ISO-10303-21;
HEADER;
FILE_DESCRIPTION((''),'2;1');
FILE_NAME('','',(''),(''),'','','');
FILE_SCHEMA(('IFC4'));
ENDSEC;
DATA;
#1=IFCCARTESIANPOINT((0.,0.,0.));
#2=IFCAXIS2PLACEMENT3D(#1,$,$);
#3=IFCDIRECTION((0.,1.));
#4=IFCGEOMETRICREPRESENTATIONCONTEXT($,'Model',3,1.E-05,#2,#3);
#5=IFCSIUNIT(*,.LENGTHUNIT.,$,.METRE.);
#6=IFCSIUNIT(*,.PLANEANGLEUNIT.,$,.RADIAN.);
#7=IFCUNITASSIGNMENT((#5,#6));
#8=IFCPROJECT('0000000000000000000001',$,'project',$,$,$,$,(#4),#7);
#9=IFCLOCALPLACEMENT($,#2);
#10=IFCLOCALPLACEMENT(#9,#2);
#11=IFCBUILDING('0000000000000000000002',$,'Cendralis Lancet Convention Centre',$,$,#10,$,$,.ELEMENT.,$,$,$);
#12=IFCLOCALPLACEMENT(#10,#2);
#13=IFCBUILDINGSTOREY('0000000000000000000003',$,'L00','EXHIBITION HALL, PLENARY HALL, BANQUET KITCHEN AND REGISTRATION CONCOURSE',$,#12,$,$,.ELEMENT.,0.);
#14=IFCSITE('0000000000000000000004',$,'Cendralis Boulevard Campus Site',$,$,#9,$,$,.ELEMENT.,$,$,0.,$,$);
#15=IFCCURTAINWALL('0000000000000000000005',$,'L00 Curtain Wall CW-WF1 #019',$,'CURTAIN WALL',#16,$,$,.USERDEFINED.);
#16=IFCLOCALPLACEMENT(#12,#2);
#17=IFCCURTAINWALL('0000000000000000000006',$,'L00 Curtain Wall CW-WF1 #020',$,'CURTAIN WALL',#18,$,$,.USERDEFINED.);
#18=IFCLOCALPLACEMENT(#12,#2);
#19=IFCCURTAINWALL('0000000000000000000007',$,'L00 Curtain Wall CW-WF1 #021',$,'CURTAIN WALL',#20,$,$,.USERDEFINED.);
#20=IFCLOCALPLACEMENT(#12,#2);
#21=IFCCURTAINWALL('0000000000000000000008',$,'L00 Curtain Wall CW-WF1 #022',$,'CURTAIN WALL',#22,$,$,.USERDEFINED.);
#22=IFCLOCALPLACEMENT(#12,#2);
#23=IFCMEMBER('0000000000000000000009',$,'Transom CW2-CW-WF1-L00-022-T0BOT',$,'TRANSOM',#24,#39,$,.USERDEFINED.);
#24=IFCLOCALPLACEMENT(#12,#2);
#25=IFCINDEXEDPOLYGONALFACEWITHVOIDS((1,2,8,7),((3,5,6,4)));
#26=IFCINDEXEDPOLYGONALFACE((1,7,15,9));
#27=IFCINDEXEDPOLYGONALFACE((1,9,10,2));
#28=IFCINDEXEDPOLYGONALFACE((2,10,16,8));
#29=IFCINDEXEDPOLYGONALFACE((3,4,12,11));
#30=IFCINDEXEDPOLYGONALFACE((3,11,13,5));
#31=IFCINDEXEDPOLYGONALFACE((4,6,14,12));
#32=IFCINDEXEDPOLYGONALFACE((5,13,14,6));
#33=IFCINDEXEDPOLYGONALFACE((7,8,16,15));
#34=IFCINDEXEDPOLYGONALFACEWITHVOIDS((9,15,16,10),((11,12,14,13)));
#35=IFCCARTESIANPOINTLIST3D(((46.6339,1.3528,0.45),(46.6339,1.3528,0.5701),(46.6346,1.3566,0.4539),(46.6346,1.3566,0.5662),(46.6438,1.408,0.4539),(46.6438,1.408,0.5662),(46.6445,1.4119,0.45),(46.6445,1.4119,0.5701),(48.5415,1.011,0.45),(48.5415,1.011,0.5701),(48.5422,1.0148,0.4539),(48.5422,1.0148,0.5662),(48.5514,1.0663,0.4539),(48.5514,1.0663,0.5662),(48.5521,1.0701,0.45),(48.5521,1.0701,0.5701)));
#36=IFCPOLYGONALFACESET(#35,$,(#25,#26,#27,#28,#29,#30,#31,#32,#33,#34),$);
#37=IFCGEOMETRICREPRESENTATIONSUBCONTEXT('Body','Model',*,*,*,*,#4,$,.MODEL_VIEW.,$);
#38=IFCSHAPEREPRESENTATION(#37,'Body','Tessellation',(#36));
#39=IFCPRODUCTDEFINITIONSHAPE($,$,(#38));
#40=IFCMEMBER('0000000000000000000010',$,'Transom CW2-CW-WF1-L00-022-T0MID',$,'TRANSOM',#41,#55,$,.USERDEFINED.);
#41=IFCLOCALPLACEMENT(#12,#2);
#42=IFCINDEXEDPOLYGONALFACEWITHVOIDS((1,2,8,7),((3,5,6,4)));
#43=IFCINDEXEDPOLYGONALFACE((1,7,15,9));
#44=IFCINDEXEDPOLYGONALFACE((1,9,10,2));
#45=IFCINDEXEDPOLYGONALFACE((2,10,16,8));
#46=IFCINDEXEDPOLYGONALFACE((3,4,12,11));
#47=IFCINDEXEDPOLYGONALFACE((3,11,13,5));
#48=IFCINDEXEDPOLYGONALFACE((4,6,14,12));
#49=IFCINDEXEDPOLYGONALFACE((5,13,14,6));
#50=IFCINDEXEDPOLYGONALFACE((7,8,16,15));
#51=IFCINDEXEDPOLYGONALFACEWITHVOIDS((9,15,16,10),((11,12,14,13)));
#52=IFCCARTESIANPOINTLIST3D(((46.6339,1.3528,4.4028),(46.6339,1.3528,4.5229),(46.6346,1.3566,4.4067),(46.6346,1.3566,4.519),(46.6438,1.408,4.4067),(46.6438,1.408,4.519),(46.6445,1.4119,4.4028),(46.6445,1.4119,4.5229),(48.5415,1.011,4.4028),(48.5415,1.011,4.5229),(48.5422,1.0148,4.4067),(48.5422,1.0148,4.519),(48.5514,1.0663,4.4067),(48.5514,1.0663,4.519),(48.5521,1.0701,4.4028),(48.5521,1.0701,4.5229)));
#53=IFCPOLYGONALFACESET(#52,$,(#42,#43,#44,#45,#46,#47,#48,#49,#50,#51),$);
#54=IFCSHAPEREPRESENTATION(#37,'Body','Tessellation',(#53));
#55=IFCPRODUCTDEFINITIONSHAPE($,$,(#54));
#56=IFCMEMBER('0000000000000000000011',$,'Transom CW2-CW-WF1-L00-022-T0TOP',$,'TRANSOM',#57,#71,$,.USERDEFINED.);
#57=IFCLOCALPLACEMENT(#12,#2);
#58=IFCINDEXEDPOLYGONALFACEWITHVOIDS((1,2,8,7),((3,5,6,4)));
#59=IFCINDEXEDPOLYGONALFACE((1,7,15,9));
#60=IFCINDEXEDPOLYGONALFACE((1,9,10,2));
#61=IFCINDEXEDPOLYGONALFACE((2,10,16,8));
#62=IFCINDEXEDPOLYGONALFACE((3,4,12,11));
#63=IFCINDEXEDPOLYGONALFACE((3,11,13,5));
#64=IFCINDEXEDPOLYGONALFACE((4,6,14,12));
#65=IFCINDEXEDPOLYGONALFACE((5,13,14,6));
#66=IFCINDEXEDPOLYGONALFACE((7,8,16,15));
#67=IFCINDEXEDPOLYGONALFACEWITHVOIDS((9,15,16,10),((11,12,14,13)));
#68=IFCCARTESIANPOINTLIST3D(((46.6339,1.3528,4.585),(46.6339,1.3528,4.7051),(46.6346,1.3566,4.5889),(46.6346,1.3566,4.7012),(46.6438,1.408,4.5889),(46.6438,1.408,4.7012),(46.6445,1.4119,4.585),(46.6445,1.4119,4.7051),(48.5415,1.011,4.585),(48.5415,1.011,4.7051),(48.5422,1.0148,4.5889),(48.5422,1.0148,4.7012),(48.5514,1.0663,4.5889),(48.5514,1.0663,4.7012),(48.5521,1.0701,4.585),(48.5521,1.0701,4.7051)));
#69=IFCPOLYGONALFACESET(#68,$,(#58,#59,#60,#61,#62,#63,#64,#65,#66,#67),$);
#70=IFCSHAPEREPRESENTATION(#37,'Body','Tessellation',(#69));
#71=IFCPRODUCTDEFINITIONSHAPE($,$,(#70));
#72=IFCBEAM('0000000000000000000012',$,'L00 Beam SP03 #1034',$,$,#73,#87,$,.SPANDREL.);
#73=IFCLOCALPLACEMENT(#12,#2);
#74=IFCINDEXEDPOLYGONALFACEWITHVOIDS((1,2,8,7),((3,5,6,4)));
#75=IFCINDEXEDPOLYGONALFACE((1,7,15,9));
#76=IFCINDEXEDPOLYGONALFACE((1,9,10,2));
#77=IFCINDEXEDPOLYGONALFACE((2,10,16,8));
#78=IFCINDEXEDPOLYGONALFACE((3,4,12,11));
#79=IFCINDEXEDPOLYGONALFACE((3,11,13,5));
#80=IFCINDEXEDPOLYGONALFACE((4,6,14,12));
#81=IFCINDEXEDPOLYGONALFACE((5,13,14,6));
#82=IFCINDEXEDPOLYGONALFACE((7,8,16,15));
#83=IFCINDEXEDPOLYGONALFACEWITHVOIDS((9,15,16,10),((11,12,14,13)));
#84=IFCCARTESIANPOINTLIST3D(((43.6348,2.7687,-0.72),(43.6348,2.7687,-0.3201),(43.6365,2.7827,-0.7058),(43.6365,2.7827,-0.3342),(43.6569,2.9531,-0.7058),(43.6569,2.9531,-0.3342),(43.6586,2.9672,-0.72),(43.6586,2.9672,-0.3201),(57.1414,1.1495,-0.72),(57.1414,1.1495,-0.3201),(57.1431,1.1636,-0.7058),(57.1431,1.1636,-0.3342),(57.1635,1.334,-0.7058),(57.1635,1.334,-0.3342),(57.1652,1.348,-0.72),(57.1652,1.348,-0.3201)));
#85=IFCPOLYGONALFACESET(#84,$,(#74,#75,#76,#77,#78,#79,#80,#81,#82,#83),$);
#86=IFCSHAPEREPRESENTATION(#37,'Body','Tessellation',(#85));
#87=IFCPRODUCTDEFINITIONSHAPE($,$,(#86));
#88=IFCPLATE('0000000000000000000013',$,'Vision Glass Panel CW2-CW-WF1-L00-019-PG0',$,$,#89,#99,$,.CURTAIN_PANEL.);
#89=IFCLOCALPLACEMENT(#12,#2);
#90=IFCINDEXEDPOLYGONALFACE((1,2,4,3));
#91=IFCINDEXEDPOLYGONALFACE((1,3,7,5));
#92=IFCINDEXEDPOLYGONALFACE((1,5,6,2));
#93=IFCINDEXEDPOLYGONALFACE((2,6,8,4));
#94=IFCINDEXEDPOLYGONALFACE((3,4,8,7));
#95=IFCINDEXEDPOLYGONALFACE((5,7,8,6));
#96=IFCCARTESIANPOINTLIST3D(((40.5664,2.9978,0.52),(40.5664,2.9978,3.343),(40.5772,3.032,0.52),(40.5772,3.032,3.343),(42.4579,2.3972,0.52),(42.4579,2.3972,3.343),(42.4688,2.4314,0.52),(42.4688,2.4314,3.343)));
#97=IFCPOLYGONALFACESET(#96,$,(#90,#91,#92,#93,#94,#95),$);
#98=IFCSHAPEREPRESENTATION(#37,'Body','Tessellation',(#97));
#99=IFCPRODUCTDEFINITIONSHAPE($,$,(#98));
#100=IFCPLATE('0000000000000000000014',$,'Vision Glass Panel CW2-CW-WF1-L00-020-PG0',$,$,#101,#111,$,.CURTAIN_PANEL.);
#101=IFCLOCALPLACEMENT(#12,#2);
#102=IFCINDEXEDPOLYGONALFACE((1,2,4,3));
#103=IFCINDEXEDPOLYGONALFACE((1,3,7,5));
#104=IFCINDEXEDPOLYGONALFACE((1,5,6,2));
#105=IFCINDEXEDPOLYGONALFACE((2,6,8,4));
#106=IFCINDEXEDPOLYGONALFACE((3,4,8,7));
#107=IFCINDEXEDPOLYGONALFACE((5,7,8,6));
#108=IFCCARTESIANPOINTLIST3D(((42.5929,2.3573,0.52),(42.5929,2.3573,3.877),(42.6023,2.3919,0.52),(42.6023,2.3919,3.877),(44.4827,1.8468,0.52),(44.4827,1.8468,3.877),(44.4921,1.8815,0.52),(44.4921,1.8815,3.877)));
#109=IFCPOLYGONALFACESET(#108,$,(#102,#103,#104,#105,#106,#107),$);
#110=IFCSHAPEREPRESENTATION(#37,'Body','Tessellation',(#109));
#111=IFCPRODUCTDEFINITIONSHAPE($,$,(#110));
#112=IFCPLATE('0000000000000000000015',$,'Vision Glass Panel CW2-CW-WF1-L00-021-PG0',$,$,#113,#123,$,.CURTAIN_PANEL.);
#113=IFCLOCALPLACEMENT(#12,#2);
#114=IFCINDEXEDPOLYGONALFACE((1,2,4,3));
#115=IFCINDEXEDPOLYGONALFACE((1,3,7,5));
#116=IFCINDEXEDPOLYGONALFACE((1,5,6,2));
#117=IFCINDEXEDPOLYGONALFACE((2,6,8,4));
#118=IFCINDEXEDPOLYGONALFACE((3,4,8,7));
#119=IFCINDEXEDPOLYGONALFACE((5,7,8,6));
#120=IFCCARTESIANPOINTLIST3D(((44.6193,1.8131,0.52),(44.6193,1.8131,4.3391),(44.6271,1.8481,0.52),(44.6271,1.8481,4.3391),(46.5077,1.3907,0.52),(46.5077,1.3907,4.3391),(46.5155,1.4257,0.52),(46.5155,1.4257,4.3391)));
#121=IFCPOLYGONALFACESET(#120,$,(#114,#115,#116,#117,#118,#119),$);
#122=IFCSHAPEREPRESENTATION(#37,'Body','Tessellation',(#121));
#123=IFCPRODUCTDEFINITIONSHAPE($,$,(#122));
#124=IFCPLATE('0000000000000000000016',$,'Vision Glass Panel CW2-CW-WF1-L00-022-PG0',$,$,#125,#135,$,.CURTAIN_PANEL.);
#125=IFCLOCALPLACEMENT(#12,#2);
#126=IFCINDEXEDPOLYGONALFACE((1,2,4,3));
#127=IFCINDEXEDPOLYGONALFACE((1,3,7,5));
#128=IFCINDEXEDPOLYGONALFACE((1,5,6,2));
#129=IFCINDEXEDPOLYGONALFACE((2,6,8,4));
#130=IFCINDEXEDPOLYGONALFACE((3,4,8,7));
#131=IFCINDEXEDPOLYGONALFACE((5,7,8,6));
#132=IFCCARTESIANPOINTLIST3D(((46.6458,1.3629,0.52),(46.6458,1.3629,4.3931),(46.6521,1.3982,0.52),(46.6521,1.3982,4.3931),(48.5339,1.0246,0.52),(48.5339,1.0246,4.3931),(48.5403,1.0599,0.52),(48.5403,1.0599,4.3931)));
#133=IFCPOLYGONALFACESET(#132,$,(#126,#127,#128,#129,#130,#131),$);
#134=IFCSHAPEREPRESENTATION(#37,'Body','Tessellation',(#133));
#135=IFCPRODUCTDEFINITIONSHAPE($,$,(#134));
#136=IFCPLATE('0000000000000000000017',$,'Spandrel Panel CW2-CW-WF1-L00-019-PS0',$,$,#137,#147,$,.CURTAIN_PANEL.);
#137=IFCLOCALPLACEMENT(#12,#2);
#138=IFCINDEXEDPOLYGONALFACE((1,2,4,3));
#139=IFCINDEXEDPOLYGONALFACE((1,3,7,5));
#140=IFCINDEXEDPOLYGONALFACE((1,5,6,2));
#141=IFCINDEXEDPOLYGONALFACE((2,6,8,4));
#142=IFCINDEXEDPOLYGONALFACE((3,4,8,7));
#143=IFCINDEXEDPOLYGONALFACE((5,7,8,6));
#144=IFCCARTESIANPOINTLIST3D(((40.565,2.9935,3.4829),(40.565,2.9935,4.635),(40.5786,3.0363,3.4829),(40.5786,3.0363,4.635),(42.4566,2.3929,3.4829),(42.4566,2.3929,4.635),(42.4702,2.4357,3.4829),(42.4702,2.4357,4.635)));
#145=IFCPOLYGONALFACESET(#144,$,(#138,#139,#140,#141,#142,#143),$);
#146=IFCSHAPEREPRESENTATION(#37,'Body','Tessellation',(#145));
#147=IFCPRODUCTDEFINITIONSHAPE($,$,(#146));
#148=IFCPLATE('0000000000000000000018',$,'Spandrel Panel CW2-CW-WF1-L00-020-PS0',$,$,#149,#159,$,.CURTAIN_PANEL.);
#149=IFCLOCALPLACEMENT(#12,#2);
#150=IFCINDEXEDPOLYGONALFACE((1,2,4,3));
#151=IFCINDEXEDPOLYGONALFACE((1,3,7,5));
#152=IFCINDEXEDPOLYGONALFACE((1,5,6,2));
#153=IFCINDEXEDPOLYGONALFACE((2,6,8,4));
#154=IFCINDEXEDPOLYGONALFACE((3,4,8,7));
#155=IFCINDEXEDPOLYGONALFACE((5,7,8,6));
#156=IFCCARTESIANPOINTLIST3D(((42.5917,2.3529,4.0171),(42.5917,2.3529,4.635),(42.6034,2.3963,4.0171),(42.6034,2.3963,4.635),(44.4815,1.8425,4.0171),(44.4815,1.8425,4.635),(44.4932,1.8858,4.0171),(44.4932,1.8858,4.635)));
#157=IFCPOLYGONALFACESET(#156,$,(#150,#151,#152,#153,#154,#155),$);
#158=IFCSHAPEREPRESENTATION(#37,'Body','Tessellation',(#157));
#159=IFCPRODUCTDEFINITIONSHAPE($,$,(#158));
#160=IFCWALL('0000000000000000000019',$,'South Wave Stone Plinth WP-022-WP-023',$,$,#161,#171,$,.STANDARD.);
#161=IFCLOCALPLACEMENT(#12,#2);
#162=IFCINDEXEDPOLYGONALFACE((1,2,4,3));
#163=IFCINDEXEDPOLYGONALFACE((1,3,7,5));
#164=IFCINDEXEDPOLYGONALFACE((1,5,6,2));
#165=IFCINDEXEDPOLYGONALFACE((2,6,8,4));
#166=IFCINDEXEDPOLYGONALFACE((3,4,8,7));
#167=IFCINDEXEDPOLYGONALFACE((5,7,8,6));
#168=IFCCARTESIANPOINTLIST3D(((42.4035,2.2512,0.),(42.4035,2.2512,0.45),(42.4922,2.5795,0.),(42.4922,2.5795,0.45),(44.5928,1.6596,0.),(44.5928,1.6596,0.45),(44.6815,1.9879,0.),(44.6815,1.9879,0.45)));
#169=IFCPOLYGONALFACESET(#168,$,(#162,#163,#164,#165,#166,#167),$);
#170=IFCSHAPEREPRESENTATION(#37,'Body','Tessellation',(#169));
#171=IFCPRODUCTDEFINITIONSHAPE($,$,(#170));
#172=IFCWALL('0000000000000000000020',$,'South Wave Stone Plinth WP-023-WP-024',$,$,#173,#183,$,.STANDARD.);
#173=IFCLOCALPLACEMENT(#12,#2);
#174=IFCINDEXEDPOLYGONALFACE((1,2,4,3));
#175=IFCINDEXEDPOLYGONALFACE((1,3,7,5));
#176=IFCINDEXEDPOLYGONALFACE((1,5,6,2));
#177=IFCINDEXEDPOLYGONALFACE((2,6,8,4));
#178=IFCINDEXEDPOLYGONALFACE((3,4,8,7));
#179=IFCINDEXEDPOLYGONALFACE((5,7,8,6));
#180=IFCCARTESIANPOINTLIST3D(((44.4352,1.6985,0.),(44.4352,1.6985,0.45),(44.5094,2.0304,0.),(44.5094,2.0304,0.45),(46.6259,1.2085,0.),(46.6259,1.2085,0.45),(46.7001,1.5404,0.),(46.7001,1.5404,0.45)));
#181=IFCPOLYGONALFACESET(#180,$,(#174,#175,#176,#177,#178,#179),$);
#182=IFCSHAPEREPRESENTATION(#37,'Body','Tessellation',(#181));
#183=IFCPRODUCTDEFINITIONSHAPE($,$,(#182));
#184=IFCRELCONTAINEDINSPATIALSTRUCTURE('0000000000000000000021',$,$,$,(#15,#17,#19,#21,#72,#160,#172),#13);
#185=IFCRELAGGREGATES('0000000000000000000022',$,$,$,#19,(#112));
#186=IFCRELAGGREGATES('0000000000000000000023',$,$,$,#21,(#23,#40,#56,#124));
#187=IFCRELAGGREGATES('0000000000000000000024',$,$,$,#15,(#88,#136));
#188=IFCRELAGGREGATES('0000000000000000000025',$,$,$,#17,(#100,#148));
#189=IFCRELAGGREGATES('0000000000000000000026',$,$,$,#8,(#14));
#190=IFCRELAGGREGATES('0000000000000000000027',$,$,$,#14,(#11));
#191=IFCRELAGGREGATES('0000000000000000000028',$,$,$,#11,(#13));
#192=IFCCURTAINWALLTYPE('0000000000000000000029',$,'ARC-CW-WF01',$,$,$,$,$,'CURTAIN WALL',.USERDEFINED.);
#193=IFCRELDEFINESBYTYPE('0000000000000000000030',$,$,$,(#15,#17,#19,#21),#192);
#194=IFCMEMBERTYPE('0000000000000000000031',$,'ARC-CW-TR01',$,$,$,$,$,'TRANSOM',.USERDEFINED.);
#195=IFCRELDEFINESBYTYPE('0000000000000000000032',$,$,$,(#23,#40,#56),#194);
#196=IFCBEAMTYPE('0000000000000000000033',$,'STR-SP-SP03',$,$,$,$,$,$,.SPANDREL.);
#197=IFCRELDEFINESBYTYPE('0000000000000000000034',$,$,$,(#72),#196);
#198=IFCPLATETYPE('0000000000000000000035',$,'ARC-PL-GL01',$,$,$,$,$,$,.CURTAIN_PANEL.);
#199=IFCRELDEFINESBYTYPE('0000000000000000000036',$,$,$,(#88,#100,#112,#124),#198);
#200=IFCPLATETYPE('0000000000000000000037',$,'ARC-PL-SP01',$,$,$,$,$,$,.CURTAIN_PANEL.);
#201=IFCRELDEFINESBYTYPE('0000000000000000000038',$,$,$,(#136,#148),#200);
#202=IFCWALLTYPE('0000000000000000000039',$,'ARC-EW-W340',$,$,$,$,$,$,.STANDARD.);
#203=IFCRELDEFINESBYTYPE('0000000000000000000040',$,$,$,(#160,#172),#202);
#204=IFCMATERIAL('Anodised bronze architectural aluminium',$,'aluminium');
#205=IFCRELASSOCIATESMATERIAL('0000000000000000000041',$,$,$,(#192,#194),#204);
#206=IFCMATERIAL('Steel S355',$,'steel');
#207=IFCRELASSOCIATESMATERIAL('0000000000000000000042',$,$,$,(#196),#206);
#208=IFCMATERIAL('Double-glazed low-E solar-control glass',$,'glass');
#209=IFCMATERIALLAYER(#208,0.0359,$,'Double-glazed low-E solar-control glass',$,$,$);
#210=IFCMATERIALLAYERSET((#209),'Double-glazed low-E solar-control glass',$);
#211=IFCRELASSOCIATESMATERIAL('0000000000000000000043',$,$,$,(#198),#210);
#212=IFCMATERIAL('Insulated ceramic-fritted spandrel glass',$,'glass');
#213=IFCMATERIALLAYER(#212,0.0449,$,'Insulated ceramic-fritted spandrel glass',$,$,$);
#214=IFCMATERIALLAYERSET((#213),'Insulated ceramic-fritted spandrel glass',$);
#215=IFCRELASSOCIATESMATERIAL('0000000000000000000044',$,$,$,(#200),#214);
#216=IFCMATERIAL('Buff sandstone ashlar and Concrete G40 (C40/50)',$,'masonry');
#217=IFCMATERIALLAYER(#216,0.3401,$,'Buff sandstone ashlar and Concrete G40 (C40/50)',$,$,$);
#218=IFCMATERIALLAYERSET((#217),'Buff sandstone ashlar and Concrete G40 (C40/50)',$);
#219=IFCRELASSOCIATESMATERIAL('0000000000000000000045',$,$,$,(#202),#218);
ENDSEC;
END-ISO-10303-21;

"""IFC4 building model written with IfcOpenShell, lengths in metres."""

from ifc_helpers import new_model, si_unit, direction, frame, frame_2d, origin, origin_2d, place, context, subcontext, project, spatial, rectangle, hollow_rectangle, extrude, material, layer, layer_set, material_profile, profile_set, type_object, element, aggregate, save


model = new_model("IFC4")

# Units and contexts
model_context = context("Model", 3, precision=1e-05, world=origin(), true_north=direction((0.0, 1.0)))
body_context = subcontext(model_context, "Body", "Model", "MODEL_VIEW")
ifc_project = project(units=[si_unit("LENGTHUNIT", "METRE"), si_unit("PLANEANGLEUNIT", "RADIAN")], contexts=[model_context])

# Site, building, storey
site_placement = place(None, origin())
site = spatial("IfcSite", under=ifc_project, at=site_placement, Name="Cendralis Boulevard Campus Site", CompositionType="ELEMENT", RefElevation=0.0)
building_placement = place(site_placement, origin())
building = spatial("IfcBuilding", under=site, at=building_placement, Name="Cendralis Lancet Convention Centre", CompositionType="ELEMENT")
storey_placement = place(building_placement, origin())
storey = spatial("IfcBuildingStorey", under=building, at=storey_placement, Name="L00", Description="EXHIBITION HALL, PLENARY HALL, BANQUET KITCHEN AND REGISTRATION CONCOURSE", CompositionType="ELEMENT", Elevation=0.0)

# Curtain wall
ifc_material_1 = material(Name="Anodised bronze architectural aluminium", Category="aluminium")
curtain_wall_type = type_object("IfcCurtainWallType", Name="ARC-CW-WF01", ElementType="CURTAIN WALL", PredefinedType="USERDEFINED", material=ifc_material_1)
curtain_wall_1_placement = place(storey_placement, origin())
curtain_wall_1 = element("IfcCurtainWall", 1, at=curtain_wall_1_placement, inside=storey, type_object=curtain_wall_type, Name="L00 Curtain Wall CW-WF1 #019", ObjectType="CURTAIN WALL", PredefinedType="USERDEFINED")

# Curtain walls
curtain_wall_2_placement = place(storey_placement, origin())
curtain_wall_2 = element("IfcCurtainWall", 2, at=curtain_wall_2_placement, inside=storey, type_object=curtain_wall_type, Name="L00 Curtain Wall CW-WF1 #020", ObjectType="CURTAIN WALL", PredefinedType="USERDEFINED")
curtain_wall_3_placement = place(storey_placement, origin())
curtain_wall_3 = element("IfcCurtainWall", 3, at=curtain_wall_3_placement, inside=storey, type_object=curtain_wall_type, Name="L00 Curtain Wall CW-WF1 #021", ObjectType="CURTAIN WALL", PredefinedType="USERDEFINED")
curtain_wall_4_placement = place(storey_placement, origin())
curtain_wall_4 = element("IfcCurtainWall", 4, at=curtain_wall_4_placement, inside=storey, type_object=curtain_wall_type, Name="L00 Curtain Wall CW-WF1 #022", ObjectType="CURTAIN WALL", PredefinedType="USERDEFINED")

# Members
ifc_material_profile_1 = material_profile(ifc_material_1, hollow_rectangle(XDim=0.0601, YDim=0.1201, WallThickness=0.0039, at=origin_2d()), Name="AL-TRAN 60x120x4.0")
ifc_profile_set_1 = profile_set([ifc_material_profile_1], Name="Anodised bronze architectural aluminium")
member_type_1 = type_object("IfcMemberType", Name="ARC-CW-TR01", ElementType="TRANSOM", PredefinedType="USERDEFINED", material=ifc_profile_set_1)
member_1_placement = place(storey_placement, frame((46.6392, 1.3823, 0.51), z_axis=(0.984326, -0.176357, 0.0), x_axis=(0.176357, 0.984326, 0.0)))
member_1 = element("IfcMember", 5, at=member_1_placement, type_object=member_type_1, Name="Transom CW2-CW-WF1-L00-022-T0BOT", ObjectType="TRANSOM", PredefinedType="USERDEFINED", context=body_context, shape_type="SweptSolid", body=[
    extrude(hollow_rectangle(XDim=0.0601, YDim=0.1201, WallThickness=0.0039, at=origin_2d()), origin(), (0.0, 0.0, 1.0), 1.938),
])
member_2_placement = place(storey_placement, frame((46.6392, 1.3823, 4.4629), z_axis=(0.984326, -0.176357, 0.0), x_axis=(0.176357, 0.984326, 0.0)))
member_2 = element("IfcMember", 6, at=member_2_placement, type_object=member_type_1, Name="Transom CW2-CW-WF1-L00-022-T0MID", ObjectType="TRANSOM", PredefinedType="USERDEFINED", context=body_context, shape_type="SweptSolid", body=[
    extrude(hollow_rectangle(XDim=0.0601, YDim=0.1201, WallThickness=0.0039, at=origin_2d()), origin(), (0.0, 0.0, 1.0), 1.938),
])
member_3_placement = place(storey_placement, frame((46.6392, 1.3823, 4.645), z_axis=(0.984326, -0.176357, 0.0), x_axis=(0.176357, 0.984326, 0.0)))
member_3 = element("IfcMember", 7, at=member_3_placement, type_object=member_type_1, Name="Transom CW2-CW-WF1-L00-022-T0TOP", ObjectType="TRANSOM", PredefinedType="USERDEFINED", context=body_context, shape_type="SweptSolid", body=[
    extrude(hollow_rectangle(XDim=0.0601, YDim=0.1201, WallThickness=0.0039, at=origin_2d()), origin(), (0.0, 0.0, 1.0), 1.938),
])

# Beam
ifc_material_2 = material(Name="Steel S355", Category="steel")
ifc_material_profile_2 = material_profile(ifc_material_2, hollow_rectangle(XDim=0.2, YDim=0.3999, WallThickness=0.0142, at=origin_2d()), Name="RHS 400x200x14.2")
ifc_profile_set_2 = profile_set([ifc_material_profile_2], Name="Steel S355")
beam_type = type_object("IfcBeamType", Name="STR-SP-SP03", PredefinedType="SPANDREL", material=ifc_profile_set_2)
beam_placement = place(storey_placement, frame((43.6467, 2.8679, -0.52), z_axis=(0.992891, -0.119026, 0.0), x_axis=(0.119026, 0.992891, 0.0)))
element("IfcBeam", 8, at=beam_placement, inside=storey, type_object=beam_type, Name="L00 Beam SP03 #1034", PredefinedType="SPANDREL", context=body_context, shape_type="SweptSolid", body=[
    extrude(hollow_rectangle(XDim=0.2, YDim=0.3999, WallThickness=0.0142, at=origin_2d()), origin(), (0.0, 0.0, 1.0), 13.6033),
])

# Plates
ifc_material_3 = material(Name="Double-glazed low-E solar-control glass", Category="glass")
ifc_layer_1 = layer(ifc_material_3, 0.0359, Name="Double-glazed low-E solar-control glass")
ifc_layer_set_1 = layer_set([ifc_layer_1], Name="Double-glazed low-E solar-control glass")
plate_type_1 = type_object("IfcPlateType", Name="ARC-PL-GL01", PredefinedType="CURTAIN_PANEL", material=ifc_layer_set_1)
plate_1_placement = place(storey_placement, frame((41.5176, 2.7146, 0.52), z_axis=(0.0, 0.0, 1.0), x_axis=(0.953105, -0.30264, 0.0)))
plate_1 = element("IfcPlate", 9, at=plate_1_placement, type_object=plate_type_1, Name="Vision Glass Panel CW2-CW-WF1-L00-019-PG0", PredefinedType="CURTAIN_PANEL", context=body_context, shape_type="SweptSolid", body=[
    extrude(rectangle(XDim=1.9846, YDim=0.0359, at=origin_2d()), origin(), (0.0, 0.0, 1.0), 2.823),
])
plate_2_placement = place(storey_placement, frame((43.5425, 2.1194, 0.52), z_axis=(0.0, 0.0, 1.0), x_axis=(0.965399, -0.260777, 0.0)))
plate_2 = element("IfcPlate", 10, at=plate_2_placement, type_object=plate_type_1, Name="Vision Glass Panel CW2-CW-WF1-L00-020-PG0", PredefinedType="CURTAIN_PANEL", context=body_context, shape_type="SweptSolid", body=[
    extrude(rectangle(XDim=1.9575, YDim=0.0359, at=origin_2d()), origin(), (0.0, 0.0, 1.0), 3.3569),
])
plate_3_placement = place(storey_placement, frame((45.5674, 1.6194, 0.52), z_axis=(0.0, 0.0, 1.0), x_axis=(0.97588, -0.218308, 0.0)))
plate_3 = element("IfcPlate", 11, at=plate_3_placement, type_object=plate_type_1, Name="Vision Glass Panel CW2-CW-WF1-L00-021-PG0", PredefinedType="CURTAIN_PANEL", context=body_context, shape_type="SweptSolid", body=[
    extrude(rectangle(XDim=1.9351, YDim=0.0359, at=origin_2d()), origin(), (0.0, 0.0, 1.0), 3.8191),
])
aggregate(curtain_wall_3, [plate_3])
plate_4_placement = place(storey_placement, frame((47.593, 1.2114, 0.52), z_axis=(0.0, 0.0, 1.0), x_axis=(0.984325, -0.176362, 0.0)))
plate_4 = element("IfcPlate", 12, at=plate_4_placement, type_object=plate_type_1, Name="Vision Glass Panel CW2-CW-WF1-L00-022-PG0", PredefinedType="CURTAIN_PANEL", context=body_context, shape_type="SweptSolid", body=[
    extrude(rectangle(XDim=1.9182, YDim=0.0359, at=origin_2d()), origin(), (0.0, 0.0, 1.0), 3.873),
])
aggregate(curtain_wall_4, [member_1, member_2, member_3, plate_4])
ifc_material_4 = material(Name="Insulated ceramic-fritted spandrel glass", Category="glass")
ifc_layer_2 = layer(ifc_material_4, 0.0449, Name="Insulated ceramic-fritted spandrel glass")
ifc_layer_set_2 = layer_set([ifc_layer_2], Name="Insulated ceramic-fritted spandrel glass")
plate_type_2 = type_object("IfcPlateType", Name="ARC-PL-SP01", PredefinedType="CURTAIN_PANEL", material=ifc_layer_set_2)
plate_5_placement = place(storey_placement, frame((41.5176, 2.7146, 3.4829), z_axis=(0.0, 0.0, 1.0), x_axis=(0.953105, -0.30264, 0.0)))
plate_5 = element("IfcPlate", 13, at=plate_5_placement, type_object=plate_type_2, Name="Spandrel Panel CW2-CW-WF1-L00-019-PS0", PredefinedType="CURTAIN_PANEL", context=body_context, shape_type="SweptSolid", body=[
    extrude(rectangle(XDim=1.9846, YDim=0.0449, at=origin_2d()), origin(), (0.0, 0.0, 1.0), 1.1521),
])
aggregate(curtain_wall_1, [plate_1, plate_5])
plate_6_placement = place(storey_placement, frame((43.5425, 2.1194, 4.0171), z_axis=(0.0, 0.0, 1.0), x_axis=(0.965399, -0.260777, 0.0)))
plate_6 = element("IfcPlate", 14, at=plate_6_placement, type_object=plate_type_2, Name="Spandrel Panel CW2-CW-WF1-L00-020-PS0", PredefinedType="CURTAIN_PANEL", context=body_context, shape_type="SweptSolid", body=[
    extrude(rectangle(XDim=1.9575, YDim=0.0449, at=origin_2d()), origin(), (0.0, 0.0, 1.0), 0.6179),
])
aggregate(curtain_wall_2, [plate_2, plate_6])

# Walls
ifc_material_5 = material(Name="Buff sandstone ashlar and Concrete G40 (C40/50)", Category="masonry")
ifc_layer_3 = layer(ifc_material_5, 0.3401, Name="Buff sandstone ashlar and Concrete G40 (C40/50)")
ifc_layer_set_3 = layer_set([ifc_layer_3], Name="Buff sandstone ashlar and Concrete G40 (C40/50)")
wall_type = type_object("IfcWallType", Name="ARC-EW-W340", PredefinedType="STANDARD", material=ifc_layer_set_3)
wall_1_placement = place(storey_placement, frame((42.448, 2.4153, 0.0), z_axis=(0.0, 0.0, 1.0), x_axis=(0.965377, -0.260858, 0.0)))
element("IfcWall", 15, at=wall_1_placement, inside=storey, type_object=wall_type, Name="South Wave Stone Plinth WP-022-WP-023", PredefinedType="STANDARD", context=body_context, shape_type="SweptSolid", body=[
    extrude(rectangle(XDim=2.2678, YDim=0.3401, at=frame_2d((1.1338, 0.0))), origin(), (0.0, 0.0, 1.0), 0.45),
])
wall_2_placement = place(storey_placement, frame((44.4722, 1.8645, 0.0), z_axis=(0.0, 0.0, 1.0), x_axis=(0.975887, -0.218278, 0.0)))
element("IfcWall", 16, at=wall_2_placement, inside=storey, type_object=wall_type, Name="South Wave Stone Plinth WP-023-WP-024", PredefinedType="STANDARD", context=body_context, shape_type="SweptSolid", body=[
    extrude(rectangle(XDim=2.2449, YDim=0.3401, at=frame_2d((1.1226, 0.0))), origin(), (0.0, 0.0, 1.0), 0.45),
])

save(model, "model.ifc")
